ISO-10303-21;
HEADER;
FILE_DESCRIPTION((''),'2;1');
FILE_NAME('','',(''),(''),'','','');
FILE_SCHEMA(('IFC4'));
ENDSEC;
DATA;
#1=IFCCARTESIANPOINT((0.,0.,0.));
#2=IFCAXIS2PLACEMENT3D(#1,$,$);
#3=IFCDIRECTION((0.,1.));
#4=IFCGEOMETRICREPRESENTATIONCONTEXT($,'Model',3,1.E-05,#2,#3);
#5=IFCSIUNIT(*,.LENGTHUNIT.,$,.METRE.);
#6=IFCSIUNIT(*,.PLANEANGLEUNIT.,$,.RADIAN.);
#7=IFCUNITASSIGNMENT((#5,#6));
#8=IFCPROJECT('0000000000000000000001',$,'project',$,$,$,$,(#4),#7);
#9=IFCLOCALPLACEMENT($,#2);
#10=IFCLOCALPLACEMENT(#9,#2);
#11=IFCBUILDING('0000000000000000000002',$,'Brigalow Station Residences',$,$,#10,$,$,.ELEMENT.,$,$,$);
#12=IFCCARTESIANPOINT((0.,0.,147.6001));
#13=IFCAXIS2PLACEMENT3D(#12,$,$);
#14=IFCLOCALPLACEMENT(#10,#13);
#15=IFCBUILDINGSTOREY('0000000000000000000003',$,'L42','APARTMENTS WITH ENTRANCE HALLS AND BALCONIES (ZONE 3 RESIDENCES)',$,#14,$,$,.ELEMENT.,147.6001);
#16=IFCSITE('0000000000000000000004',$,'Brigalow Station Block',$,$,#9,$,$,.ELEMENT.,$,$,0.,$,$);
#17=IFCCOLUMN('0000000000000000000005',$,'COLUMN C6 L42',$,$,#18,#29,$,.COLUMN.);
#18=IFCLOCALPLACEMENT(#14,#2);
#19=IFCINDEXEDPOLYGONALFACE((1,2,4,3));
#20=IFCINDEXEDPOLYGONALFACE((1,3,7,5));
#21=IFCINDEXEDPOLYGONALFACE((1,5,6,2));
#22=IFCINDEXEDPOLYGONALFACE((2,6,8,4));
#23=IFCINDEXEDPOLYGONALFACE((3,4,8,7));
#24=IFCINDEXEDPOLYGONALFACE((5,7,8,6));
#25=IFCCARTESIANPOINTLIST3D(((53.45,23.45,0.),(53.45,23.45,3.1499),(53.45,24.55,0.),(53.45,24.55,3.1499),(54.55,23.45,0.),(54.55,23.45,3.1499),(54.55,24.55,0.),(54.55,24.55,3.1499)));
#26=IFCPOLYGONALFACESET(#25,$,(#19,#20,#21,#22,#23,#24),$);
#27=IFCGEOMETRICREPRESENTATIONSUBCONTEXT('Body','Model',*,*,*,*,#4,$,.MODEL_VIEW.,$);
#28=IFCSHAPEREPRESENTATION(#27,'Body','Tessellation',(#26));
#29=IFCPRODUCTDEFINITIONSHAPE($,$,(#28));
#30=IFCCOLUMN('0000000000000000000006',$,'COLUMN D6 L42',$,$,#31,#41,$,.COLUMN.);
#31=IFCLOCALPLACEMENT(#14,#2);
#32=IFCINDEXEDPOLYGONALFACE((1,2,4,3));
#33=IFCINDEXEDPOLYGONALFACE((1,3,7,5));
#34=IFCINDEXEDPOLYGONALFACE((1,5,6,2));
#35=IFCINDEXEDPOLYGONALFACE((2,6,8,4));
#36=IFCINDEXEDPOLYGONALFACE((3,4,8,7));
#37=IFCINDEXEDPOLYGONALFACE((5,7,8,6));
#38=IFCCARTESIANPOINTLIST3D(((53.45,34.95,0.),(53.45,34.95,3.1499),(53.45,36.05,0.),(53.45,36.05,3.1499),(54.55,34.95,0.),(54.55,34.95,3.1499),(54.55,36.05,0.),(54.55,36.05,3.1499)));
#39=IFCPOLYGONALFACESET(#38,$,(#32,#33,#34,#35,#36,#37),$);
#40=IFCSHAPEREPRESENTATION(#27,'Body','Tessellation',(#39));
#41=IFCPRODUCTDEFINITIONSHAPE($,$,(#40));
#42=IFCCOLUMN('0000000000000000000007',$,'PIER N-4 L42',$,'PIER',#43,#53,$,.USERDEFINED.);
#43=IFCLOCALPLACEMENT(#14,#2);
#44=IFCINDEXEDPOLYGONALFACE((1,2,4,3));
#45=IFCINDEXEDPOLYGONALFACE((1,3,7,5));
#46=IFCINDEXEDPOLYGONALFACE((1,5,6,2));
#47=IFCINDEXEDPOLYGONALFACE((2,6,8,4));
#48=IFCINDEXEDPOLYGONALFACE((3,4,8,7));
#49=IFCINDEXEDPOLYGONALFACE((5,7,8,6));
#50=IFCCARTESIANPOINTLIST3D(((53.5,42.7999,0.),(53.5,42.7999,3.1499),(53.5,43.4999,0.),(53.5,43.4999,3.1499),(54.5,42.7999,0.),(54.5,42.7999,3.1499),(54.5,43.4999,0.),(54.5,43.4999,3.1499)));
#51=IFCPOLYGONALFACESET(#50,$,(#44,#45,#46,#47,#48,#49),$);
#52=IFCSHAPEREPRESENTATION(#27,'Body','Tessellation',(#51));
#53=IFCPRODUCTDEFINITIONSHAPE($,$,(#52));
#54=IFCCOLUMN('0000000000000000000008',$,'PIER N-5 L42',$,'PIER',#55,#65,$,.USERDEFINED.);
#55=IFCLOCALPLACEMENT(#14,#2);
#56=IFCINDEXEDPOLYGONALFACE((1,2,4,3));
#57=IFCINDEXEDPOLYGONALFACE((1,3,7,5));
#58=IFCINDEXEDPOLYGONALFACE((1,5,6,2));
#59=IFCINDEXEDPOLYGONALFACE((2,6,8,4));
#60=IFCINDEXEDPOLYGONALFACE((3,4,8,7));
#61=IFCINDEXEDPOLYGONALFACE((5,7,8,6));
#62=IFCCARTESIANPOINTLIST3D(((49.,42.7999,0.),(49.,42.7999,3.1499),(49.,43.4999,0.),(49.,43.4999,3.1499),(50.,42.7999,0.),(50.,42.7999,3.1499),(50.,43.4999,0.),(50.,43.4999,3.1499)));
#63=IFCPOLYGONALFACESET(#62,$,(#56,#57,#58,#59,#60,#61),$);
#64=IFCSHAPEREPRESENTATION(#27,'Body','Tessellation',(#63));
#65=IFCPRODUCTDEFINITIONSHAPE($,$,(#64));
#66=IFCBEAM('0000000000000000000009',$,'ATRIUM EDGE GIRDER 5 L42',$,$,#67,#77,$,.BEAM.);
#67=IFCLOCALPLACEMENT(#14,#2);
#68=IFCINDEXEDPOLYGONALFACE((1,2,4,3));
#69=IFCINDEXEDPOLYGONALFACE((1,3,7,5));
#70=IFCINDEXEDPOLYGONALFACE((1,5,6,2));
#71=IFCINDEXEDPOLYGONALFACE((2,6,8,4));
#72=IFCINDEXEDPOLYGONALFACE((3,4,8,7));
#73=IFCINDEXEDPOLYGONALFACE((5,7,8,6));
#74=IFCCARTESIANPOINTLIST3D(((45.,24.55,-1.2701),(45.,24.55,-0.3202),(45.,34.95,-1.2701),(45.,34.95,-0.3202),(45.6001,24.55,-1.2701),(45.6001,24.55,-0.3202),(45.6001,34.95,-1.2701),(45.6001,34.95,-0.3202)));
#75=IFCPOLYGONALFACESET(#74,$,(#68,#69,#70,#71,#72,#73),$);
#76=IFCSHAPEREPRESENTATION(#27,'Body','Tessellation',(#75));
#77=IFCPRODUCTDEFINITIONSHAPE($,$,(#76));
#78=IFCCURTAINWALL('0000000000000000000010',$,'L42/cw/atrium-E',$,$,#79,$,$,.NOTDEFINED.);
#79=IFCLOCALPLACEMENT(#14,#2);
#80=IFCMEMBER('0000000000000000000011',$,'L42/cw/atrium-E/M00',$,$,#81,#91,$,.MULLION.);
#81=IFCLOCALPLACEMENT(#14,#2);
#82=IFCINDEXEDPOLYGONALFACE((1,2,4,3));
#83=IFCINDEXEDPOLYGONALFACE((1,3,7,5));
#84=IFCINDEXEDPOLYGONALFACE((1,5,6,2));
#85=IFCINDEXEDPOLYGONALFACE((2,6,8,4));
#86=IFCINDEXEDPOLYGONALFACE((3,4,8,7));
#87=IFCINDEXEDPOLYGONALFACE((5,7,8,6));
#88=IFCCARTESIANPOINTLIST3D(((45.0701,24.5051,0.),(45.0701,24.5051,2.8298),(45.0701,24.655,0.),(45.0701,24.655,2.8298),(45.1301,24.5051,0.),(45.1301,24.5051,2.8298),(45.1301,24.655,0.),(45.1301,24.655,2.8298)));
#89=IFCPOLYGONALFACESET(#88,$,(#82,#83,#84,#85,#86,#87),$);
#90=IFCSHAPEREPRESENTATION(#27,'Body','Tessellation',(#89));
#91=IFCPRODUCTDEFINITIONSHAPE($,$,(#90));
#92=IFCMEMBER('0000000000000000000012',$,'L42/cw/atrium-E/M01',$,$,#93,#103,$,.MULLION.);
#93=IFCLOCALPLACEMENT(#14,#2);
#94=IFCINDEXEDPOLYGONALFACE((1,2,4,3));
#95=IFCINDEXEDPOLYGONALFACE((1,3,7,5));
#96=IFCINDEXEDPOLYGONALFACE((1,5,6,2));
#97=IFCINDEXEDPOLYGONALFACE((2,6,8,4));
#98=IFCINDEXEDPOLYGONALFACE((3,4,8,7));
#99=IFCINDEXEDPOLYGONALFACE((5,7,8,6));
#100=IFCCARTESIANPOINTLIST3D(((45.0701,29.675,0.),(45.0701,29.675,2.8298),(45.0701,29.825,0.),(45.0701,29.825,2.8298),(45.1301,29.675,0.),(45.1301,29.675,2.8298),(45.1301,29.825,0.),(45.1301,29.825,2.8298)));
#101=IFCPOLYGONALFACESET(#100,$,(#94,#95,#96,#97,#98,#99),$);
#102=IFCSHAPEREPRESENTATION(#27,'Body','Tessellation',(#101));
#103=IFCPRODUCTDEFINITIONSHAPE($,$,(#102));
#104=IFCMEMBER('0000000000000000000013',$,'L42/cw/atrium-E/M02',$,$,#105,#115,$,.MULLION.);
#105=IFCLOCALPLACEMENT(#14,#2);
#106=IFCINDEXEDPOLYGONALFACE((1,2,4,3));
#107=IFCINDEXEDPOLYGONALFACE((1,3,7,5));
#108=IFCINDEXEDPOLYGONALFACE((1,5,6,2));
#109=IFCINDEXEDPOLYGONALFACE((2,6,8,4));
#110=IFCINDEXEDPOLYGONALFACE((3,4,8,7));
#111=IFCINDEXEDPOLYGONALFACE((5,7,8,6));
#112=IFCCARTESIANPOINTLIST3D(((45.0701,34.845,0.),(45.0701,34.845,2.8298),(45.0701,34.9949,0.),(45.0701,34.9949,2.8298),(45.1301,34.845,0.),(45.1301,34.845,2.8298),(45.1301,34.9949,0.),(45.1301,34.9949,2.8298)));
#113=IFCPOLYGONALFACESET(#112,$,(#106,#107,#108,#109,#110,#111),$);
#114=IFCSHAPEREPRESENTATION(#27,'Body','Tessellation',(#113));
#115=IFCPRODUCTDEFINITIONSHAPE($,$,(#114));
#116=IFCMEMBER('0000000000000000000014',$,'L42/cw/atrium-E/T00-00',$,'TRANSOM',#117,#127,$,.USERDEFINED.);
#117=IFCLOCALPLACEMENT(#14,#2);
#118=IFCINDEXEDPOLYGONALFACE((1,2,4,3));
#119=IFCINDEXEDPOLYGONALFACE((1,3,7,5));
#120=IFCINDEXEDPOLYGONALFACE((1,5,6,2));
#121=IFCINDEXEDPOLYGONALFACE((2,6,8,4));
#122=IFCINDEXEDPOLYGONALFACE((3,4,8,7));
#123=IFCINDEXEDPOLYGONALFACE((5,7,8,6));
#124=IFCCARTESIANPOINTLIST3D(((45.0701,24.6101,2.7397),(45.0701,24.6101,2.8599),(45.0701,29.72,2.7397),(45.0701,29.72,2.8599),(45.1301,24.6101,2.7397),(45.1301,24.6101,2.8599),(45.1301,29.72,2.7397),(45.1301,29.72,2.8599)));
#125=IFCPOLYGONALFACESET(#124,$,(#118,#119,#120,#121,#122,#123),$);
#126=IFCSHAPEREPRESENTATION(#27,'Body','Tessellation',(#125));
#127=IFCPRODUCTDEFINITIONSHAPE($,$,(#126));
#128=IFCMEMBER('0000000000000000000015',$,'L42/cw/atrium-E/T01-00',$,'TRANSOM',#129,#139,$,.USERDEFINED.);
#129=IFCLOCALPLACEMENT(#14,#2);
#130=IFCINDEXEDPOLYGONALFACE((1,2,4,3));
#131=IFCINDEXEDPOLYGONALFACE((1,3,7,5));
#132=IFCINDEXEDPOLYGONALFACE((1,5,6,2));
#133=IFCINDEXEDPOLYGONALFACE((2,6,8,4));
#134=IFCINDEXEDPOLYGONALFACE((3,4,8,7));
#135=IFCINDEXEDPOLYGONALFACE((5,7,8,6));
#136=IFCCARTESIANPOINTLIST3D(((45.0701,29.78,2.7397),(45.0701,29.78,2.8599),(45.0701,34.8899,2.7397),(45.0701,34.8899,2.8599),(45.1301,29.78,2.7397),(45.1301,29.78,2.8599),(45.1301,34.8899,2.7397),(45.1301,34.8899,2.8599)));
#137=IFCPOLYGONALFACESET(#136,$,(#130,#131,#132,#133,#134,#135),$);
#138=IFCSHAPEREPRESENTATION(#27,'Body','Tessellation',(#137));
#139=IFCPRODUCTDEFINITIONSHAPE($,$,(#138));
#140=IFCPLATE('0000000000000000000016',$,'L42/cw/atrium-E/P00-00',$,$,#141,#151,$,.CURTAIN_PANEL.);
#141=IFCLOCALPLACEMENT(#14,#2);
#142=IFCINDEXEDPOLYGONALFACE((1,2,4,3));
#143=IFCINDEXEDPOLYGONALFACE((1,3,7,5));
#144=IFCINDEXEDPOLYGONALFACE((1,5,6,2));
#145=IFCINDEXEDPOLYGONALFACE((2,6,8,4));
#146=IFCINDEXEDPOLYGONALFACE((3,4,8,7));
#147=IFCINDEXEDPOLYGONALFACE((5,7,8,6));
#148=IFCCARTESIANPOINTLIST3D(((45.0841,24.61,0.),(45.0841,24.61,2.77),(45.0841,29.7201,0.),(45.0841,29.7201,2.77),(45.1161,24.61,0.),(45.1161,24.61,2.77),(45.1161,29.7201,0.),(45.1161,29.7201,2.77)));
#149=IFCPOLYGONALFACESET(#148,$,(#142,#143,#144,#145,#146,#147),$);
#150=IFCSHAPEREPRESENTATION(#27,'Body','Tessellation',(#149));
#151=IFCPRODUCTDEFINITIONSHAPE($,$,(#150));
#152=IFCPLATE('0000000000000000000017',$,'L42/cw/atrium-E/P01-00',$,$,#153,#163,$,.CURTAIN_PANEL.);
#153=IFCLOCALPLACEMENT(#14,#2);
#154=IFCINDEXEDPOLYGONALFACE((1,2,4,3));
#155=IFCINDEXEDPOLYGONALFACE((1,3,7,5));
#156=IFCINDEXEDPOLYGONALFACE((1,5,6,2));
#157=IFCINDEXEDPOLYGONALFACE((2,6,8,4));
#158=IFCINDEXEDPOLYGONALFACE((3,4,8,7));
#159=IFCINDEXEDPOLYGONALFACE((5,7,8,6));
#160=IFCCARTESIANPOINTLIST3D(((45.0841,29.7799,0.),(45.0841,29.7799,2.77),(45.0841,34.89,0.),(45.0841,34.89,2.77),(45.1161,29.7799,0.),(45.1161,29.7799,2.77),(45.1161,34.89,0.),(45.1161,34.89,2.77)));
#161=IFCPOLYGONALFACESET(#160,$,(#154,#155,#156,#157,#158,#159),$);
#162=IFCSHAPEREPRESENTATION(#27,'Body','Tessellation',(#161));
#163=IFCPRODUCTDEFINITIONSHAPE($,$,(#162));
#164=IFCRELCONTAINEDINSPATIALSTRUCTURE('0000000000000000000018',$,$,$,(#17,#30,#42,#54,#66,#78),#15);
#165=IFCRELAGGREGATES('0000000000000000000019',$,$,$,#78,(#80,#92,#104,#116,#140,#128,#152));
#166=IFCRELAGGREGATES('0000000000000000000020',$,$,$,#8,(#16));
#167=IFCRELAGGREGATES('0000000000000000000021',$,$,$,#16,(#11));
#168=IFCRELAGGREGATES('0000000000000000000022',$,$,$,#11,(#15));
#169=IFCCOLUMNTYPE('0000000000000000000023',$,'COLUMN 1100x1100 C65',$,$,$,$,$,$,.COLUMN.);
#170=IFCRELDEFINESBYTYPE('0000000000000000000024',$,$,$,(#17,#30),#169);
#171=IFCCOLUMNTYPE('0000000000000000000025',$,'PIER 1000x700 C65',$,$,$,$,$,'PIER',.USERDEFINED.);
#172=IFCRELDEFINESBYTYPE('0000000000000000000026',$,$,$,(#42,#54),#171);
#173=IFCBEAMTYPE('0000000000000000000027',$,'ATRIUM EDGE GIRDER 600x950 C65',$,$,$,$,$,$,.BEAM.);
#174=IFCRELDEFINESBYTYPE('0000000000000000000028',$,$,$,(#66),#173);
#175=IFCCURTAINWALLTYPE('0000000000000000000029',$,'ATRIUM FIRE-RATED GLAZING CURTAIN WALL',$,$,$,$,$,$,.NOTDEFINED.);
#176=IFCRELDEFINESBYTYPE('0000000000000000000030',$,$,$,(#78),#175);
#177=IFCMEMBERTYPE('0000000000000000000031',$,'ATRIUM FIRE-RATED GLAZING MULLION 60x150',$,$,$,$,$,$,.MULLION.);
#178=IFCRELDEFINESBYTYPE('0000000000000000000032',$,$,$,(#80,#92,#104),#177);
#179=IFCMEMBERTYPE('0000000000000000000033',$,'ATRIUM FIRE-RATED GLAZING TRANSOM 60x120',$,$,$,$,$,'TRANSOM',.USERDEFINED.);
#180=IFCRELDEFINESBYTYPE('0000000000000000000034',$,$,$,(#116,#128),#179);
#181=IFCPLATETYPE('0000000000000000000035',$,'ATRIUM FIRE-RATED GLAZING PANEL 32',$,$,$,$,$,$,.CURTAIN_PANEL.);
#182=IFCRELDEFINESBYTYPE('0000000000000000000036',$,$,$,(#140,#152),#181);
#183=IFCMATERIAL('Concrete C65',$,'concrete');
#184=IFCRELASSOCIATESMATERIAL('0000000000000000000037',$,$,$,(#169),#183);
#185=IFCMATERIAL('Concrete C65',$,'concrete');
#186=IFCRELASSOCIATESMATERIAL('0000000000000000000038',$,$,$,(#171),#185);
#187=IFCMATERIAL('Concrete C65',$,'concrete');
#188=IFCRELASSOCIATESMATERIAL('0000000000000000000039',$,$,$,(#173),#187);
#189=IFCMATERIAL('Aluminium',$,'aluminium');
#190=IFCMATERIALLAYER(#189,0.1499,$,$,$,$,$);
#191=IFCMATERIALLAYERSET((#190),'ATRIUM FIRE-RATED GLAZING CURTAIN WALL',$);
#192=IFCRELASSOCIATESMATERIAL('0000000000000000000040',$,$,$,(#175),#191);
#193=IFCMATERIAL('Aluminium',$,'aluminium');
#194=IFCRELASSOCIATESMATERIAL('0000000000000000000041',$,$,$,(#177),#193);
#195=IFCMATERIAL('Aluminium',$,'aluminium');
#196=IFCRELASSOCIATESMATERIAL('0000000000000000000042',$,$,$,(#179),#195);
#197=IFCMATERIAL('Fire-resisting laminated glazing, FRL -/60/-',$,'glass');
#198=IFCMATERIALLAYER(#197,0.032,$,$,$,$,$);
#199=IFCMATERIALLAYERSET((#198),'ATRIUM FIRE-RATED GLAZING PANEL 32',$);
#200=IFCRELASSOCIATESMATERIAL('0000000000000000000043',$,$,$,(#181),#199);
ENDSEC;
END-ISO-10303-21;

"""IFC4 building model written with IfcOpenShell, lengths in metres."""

from ifc_helpers import new_model, si_unit, direction, frame, origin, origin_2d, place, context, subcontext, project, spatial, rectangle, extrude, material, layer, layer_set, material_profile, profile_set, type_object, element, aggregate, save


model = new_model("IFC4")

# Units and contexts
model_context = context("Model", 3, precision=1e-05, world=origin(), true_north=direction((0.0, 1.0)))
body_context = subcontext(model_context, "Body", "Model", "MODEL_VIEW")
ifc_project = project(units=[si_unit("LENGTHUNIT", "METRE"), si_unit("PLANEANGLEUNIT", "RADIAN")], contexts=[model_context])

# Site, building, storey
site_placement = place(None, origin())
site = spatial("IfcSite", under=ifc_project, at=site_placement, Name="Brigalow Station Block", CompositionType="ELEMENT", RefElevation=0.0)
building_placement = place(site_placement, origin())
building = spatial("IfcBuilding", under=site, at=building_placement, Name="Brigalow Station Residences", CompositionType="ELEMENT")
storey_placement = place(building_placement, frame((0.0, 0.0, 147.6001)))
storey = spatial("IfcBuildingStorey", under=building, at=storey_placement, Name="L42", Description="APARTMENTS WITH ENTRANCE HALLS AND BALCONIES (ZONE 3 RESIDENCES)", CompositionType="ELEMENT", Elevation=147.6001)

# Columns
ifc_material_1 = material(Name="Concrete C65", Category="concrete")
ifc_material_profile_1 = material_profile(ifc_material_1, rectangle(XDim=1.1001, YDim=1.1001, at=origin_2d()), Name="RC1100x1100")
ifc_profile_set_1 = profile_set([ifc_material_profile_1], Name="Concrete C65")
column_type_1 = type_object("IfcColumnType", Name="COLUMN 1100x1100 C65", PredefinedType="COLUMN", material=ifc_profile_set_1)
for number, where, z_axis, x_axis, name in (
    (1, (54.0, 24.0, 0.0), (0.0, 0.0, 1.0), (1.0, 0.0, 0.0), "COLUMN C6 L42"),
    (2, (54.0, 35.5, 0.0), (0.0, 0.0, 1.0), (1.0, 0.0, 0.0), "COLUMN D6 L42"),
):
    element("IfcColumn", number, at=place(storey_placement, frame(where, z_axis=z_axis, x_axis=x_axis)), inside=storey, type_object=column_type_1, Name=name, PredefinedType="COLUMN", context=body_context, shape_type="SweptSolid", body=[
        extrude(rectangle(XDim=1.1001, YDim=1.1001, at=origin_2d()), origin(), (0.0, 0.0, 1.0), 3.1499),
    ])
ifc_material_2 = material(Name="Concrete C65", Category="concrete")
ifc_material_profile_2 = material_profile(ifc_material_2, rectangle(XDim=1.0, YDim=0.7, at=origin_2d()), Name="RC1000x700")
ifc_profile_set_2 = profile_set([ifc_material_profile_2], Name="Concrete C65")
column_type_2 = type_object("IfcColumnType", Name="PIER 1000x700 C65", ElementType="PIER", PredefinedType="USERDEFINED", material=ifc_profile_set_2)
for number, where, z_axis, x_axis, name in (
    (3, (54.0, 43.1499, 0.0), (0.0, 0.0, 1.0), (-1.0, 0.0, 0.0), "PIER N-4 L42"),
    (4, (49.5, 43.1499, 0.0), (0.0, 0.0, 1.0), (-1.0, 0.0, 0.0), "PIER N-5 L42"),
):
    element("IfcColumn", number, at=place(storey_placement, frame(where, z_axis=z_axis, x_axis=x_axis)), inside=storey, type_object=column_type_2, Name=name, ObjectType="PIER", PredefinedType="USERDEFINED", context=body_context, shape_type="SweptSolid", body=[
        extrude(rectangle(XDim=1.0, YDim=0.7, at=origin_2d()), origin(), (0.0, 0.0, 1.0), 3.1499),
    ])

# Beam
ifc_material_3 = material(Name="Concrete C65", Category="concrete")
ifc_material_profile_3 = material_profile(ifc_material_3, rectangle(XDim=0.6001, YDim=0.95, at=origin_2d()), Name="RC600x950")
ifc_profile_set_3 = profile_set([ifc_material_profile_3], Name="Concrete C65")
beam_type = type_object("IfcBeamType", Name="ATRIUM EDGE GIRDER 600x950 C65", PredefinedType="BEAM", material=ifc_profile_set_3)
beam_placement = place(storey_placement, frame((45.3, 24.55, -0.7952), z_axis=(0.0, 1.0, 0.0), x_axis=(-1.0, 0.0, 0.0)))
element("IfcBeam", 5, at=beam_placement, inside=storey, type_object=beam_type, Name="ATRIUM EDGE GIRDER 5 L42", PredefinedType="BEAM", context=body_context, shape_type="SweptSolid", body=[
    extrude(rectangle(XDim=0.6001, YDim=0.95, at=origin_2d()), origin(), (0.0, 0.0, 1.0), 10.3999),
])

# Curtain wall, members, plates
ifc_material_4 = material(Name="Aluminium", Category="aluminium")
ifc_layer_1 = layer(ifc_material_4, 0.1499)
ifc_layer_set_1 = layer_set([ifc_layer_1], Name="ATRIUM FIRE-RATED GLAZING CURTAIN WALL")
curtain_wall_type = type_object("IfcCurtainWallType", Name="ATRIUM FIRE-RATED GLAZING CURTAIN WALL", PredefinedType="NOTDEFINED", material=ifc_layer_set_1)
curtain_wall_placement = place(storey_placement, origin())
curtain_wall = element("IfcCurtainWall", 6, at=curtain_wall_placement, inside=storey, type_object=curtain_wall_type, Name="L42/cw/atrium-E", PredefinedType="NOTDEFINED")
ifc_material_5 = material(Name="Aluminium", Category="aluminium")
ifc_material_profile_4 = material_profile(ifc_material_5, rectangle(XDim=0.0601, YDim=0.1499, at=origin_2d()), Name="ATRIUM FIRE-RATED GLAZING MULLION 60x150")
ifc_profile_set_4 = profile_set([ifc_material_profile_4], Name="Aluminium")
member_type_1 = type_object("IfcMemberType", Name="ATRIUM FIRE-RATED GLAZING MULLION 60x150", PredefinedType="MULLION", material=ifc_profile_set_4)
member_1_placement = place(storey_placement, frame((45.1001, 24.5801, 0.0), z_axis=(0.0, 0.0, 1.0), x_axis=(-1.0, 0.0, 0.0)))
member_1 = element("IfcMember", 7, at=member_1_placement, type_object=member_type_1, Name="L42/cw/atrium-E/M00", PredefinedType="MULLION", context=body_context, shape_type="SweptSolid", body=[
    extrude(rectangle(XDim=0.0601, YDim=0.1499, at=origin_2d()), origin(), (0.0, 0.0, 1.0), 2.8298),
])
member_2_placement = place(storey_placement, frame((45.1001, 29.75, 0.0), z_axis=(0.0, 0.0, 1.0), x_axis=(-1.0, 0.0, 0.0)))
member_2 = element("IfcMember", 8, at=member_2_placement, type_object=member_type_1, Name="L42/cw/atrium-E/M01", PredefinedType="MULLION", context=body_context, shape_type="SweptSolid", body=[
    extrude(rectangle(XDim=0.0601, YDim=0.1499, at=origin_2d()), origin(), (0.0, 0.0, 1.0), 2.8298),
])
member_3_placement = place(storey_placement, frame((45.1001, 34.9199, 0.0), z_axis=(0.0, 0.0, 1.0), x_axis=(-1.0, 0.0, 0.0)))
member_3 = element("IfcMember", 9, at=member_3_placement, type_object=member_type_1, Name="L42/cw/atrium-E/M02", PredefinedType="MULLION", context=body_context, shape_type="SweptSolid", body=[
    extrude(rectangle(XDim=0.0601, YDim=0.1499, at=origin_2d()), origin(), (0.0, 0.0, 1.0), 2.8298),
])
ifc_material_6 = material(Name="Aluminium", Category="aluminium")
ifc_material_profile_5 = material_profile(ifc_material_6, rectangle(XDim=0.0601, YDim=0.1201, at=origin_2d()), Name="ATRIUM FIRE-RATED GLAZING TRANSOM 60x120")
ifc_profile_set_5 = profile_set([ifc_material_profile_5], Name="Aluminium")
member_type_2 = type_object("IfcMemberType", Name="ATRIUM FIRE-RATED GLAZING TRANSOM 60x120", ElementType="TRANSOM", PredefinedType="USERDEFINED", material=ifc_profile_set_5)
member_4_placement = place(storey_placement, frame((45.1001, 24.6101, 2.7998), z_axis=(0.0, 1.0, 0.0), x_axis=(-1.0, 0.0, 0.0)))
member_4 = element("IfcMember", 10, at=member_4_placement, type_object=member_type_2, Name="L42/cw/atrium-E/T00-00", ObjectType="TRANSOM", PredefinedType="USERDEFINED", context=body_context, shape_type="SweptSolid", body=[
    extrude(rectangle(XDim=0.0601, YDim=0.1201, at=origin_2d()), origin(), (0.0, 0.0, 1.0), 5.1099),
])
member_5_placement = place(storey_placement, frame((45.1001, 29.78, 2.7998), z_axis=(0.0, 1.0, 0.0), x_axis=(-1.0, 0.0, 0.0)))
member_5 = element("IfcMember", 11, at=member_5_placement, type_object=member_type_2, Name="L42/cw/atrium-E/T01-00", ObjectType="TRANSOM", PredefinedType="USERDEFINED", context=body_context, shape_type="SweptSolid", body=[
    extrude(rectangle(XDim=0.0601, YDim=0.1201, at=origin_2d()), origin(), (0.0, 0.0, 1.0), 5.1099),
])
ifc_material_7 = material(Name="Fire-resisting laminated glazing, FRL -/60/-", Category="glass")
ifc_layer_2 = layer(ifc_material_7, 0.032)
ifc_layer_set_2 = layer_set([ifc_layer_2], Name="ATRIUM FIRE-RATED GLAZING PANEL 32")
plate_type = type_object("IfcPlateType", Name="ATRIUM FIRE-RATED GLAZING PANEL 32", PredefinedType="CURTAIN_PANEL", material=ifc_layer_set_2)
plate_1_placement = place(storey_placement, frame((45.1001, 27.165, 0.0), z_axis=(0.0, 0.0, 1.0), x_axis=(0.0, 1.0, 0.0)))
plate_1 = element("IfcPlate", 12, at=plate_1_placement, type_object=plate_type, Name="L42/cw/atrium-E/P00-00", PredefinedType="CURTAIN_PANEL", context=body_context, shape_type="SweptSolid", body=[
    extrude(rectangle(XDim=5.1101, YDim=0.032, at=origin_2d()), origin(), (0.0, 0.0, 1.0), 2.77),
])
plate_2_placement = place(storey_placement, frame((45.1001, 32.335, 0.0), z_axis=(0.0, 0.0, 1.0), x_axis=(0.0, 1.0, 0.0)))
plate_2 = element("IfcPlate", 13, at=plate_2_placement, type_object=plate_type, Name="L42/cw/atrium-E/P01-00", PredefinedType="CURTAIN_PANEL", context=body_context, shape_type="SweptSolid", body=[
    extrude(rectangle(XDim=5.1101, YDim=0.032, at=origin_2d()), origin(), (0.0, 0.0, 1.0), 2.77),
])
aggregate(curtain_wall, [member_1, member_2, member_3, member_4, plate_1, member_5, plate_2])

save(model, "model.ifc")
